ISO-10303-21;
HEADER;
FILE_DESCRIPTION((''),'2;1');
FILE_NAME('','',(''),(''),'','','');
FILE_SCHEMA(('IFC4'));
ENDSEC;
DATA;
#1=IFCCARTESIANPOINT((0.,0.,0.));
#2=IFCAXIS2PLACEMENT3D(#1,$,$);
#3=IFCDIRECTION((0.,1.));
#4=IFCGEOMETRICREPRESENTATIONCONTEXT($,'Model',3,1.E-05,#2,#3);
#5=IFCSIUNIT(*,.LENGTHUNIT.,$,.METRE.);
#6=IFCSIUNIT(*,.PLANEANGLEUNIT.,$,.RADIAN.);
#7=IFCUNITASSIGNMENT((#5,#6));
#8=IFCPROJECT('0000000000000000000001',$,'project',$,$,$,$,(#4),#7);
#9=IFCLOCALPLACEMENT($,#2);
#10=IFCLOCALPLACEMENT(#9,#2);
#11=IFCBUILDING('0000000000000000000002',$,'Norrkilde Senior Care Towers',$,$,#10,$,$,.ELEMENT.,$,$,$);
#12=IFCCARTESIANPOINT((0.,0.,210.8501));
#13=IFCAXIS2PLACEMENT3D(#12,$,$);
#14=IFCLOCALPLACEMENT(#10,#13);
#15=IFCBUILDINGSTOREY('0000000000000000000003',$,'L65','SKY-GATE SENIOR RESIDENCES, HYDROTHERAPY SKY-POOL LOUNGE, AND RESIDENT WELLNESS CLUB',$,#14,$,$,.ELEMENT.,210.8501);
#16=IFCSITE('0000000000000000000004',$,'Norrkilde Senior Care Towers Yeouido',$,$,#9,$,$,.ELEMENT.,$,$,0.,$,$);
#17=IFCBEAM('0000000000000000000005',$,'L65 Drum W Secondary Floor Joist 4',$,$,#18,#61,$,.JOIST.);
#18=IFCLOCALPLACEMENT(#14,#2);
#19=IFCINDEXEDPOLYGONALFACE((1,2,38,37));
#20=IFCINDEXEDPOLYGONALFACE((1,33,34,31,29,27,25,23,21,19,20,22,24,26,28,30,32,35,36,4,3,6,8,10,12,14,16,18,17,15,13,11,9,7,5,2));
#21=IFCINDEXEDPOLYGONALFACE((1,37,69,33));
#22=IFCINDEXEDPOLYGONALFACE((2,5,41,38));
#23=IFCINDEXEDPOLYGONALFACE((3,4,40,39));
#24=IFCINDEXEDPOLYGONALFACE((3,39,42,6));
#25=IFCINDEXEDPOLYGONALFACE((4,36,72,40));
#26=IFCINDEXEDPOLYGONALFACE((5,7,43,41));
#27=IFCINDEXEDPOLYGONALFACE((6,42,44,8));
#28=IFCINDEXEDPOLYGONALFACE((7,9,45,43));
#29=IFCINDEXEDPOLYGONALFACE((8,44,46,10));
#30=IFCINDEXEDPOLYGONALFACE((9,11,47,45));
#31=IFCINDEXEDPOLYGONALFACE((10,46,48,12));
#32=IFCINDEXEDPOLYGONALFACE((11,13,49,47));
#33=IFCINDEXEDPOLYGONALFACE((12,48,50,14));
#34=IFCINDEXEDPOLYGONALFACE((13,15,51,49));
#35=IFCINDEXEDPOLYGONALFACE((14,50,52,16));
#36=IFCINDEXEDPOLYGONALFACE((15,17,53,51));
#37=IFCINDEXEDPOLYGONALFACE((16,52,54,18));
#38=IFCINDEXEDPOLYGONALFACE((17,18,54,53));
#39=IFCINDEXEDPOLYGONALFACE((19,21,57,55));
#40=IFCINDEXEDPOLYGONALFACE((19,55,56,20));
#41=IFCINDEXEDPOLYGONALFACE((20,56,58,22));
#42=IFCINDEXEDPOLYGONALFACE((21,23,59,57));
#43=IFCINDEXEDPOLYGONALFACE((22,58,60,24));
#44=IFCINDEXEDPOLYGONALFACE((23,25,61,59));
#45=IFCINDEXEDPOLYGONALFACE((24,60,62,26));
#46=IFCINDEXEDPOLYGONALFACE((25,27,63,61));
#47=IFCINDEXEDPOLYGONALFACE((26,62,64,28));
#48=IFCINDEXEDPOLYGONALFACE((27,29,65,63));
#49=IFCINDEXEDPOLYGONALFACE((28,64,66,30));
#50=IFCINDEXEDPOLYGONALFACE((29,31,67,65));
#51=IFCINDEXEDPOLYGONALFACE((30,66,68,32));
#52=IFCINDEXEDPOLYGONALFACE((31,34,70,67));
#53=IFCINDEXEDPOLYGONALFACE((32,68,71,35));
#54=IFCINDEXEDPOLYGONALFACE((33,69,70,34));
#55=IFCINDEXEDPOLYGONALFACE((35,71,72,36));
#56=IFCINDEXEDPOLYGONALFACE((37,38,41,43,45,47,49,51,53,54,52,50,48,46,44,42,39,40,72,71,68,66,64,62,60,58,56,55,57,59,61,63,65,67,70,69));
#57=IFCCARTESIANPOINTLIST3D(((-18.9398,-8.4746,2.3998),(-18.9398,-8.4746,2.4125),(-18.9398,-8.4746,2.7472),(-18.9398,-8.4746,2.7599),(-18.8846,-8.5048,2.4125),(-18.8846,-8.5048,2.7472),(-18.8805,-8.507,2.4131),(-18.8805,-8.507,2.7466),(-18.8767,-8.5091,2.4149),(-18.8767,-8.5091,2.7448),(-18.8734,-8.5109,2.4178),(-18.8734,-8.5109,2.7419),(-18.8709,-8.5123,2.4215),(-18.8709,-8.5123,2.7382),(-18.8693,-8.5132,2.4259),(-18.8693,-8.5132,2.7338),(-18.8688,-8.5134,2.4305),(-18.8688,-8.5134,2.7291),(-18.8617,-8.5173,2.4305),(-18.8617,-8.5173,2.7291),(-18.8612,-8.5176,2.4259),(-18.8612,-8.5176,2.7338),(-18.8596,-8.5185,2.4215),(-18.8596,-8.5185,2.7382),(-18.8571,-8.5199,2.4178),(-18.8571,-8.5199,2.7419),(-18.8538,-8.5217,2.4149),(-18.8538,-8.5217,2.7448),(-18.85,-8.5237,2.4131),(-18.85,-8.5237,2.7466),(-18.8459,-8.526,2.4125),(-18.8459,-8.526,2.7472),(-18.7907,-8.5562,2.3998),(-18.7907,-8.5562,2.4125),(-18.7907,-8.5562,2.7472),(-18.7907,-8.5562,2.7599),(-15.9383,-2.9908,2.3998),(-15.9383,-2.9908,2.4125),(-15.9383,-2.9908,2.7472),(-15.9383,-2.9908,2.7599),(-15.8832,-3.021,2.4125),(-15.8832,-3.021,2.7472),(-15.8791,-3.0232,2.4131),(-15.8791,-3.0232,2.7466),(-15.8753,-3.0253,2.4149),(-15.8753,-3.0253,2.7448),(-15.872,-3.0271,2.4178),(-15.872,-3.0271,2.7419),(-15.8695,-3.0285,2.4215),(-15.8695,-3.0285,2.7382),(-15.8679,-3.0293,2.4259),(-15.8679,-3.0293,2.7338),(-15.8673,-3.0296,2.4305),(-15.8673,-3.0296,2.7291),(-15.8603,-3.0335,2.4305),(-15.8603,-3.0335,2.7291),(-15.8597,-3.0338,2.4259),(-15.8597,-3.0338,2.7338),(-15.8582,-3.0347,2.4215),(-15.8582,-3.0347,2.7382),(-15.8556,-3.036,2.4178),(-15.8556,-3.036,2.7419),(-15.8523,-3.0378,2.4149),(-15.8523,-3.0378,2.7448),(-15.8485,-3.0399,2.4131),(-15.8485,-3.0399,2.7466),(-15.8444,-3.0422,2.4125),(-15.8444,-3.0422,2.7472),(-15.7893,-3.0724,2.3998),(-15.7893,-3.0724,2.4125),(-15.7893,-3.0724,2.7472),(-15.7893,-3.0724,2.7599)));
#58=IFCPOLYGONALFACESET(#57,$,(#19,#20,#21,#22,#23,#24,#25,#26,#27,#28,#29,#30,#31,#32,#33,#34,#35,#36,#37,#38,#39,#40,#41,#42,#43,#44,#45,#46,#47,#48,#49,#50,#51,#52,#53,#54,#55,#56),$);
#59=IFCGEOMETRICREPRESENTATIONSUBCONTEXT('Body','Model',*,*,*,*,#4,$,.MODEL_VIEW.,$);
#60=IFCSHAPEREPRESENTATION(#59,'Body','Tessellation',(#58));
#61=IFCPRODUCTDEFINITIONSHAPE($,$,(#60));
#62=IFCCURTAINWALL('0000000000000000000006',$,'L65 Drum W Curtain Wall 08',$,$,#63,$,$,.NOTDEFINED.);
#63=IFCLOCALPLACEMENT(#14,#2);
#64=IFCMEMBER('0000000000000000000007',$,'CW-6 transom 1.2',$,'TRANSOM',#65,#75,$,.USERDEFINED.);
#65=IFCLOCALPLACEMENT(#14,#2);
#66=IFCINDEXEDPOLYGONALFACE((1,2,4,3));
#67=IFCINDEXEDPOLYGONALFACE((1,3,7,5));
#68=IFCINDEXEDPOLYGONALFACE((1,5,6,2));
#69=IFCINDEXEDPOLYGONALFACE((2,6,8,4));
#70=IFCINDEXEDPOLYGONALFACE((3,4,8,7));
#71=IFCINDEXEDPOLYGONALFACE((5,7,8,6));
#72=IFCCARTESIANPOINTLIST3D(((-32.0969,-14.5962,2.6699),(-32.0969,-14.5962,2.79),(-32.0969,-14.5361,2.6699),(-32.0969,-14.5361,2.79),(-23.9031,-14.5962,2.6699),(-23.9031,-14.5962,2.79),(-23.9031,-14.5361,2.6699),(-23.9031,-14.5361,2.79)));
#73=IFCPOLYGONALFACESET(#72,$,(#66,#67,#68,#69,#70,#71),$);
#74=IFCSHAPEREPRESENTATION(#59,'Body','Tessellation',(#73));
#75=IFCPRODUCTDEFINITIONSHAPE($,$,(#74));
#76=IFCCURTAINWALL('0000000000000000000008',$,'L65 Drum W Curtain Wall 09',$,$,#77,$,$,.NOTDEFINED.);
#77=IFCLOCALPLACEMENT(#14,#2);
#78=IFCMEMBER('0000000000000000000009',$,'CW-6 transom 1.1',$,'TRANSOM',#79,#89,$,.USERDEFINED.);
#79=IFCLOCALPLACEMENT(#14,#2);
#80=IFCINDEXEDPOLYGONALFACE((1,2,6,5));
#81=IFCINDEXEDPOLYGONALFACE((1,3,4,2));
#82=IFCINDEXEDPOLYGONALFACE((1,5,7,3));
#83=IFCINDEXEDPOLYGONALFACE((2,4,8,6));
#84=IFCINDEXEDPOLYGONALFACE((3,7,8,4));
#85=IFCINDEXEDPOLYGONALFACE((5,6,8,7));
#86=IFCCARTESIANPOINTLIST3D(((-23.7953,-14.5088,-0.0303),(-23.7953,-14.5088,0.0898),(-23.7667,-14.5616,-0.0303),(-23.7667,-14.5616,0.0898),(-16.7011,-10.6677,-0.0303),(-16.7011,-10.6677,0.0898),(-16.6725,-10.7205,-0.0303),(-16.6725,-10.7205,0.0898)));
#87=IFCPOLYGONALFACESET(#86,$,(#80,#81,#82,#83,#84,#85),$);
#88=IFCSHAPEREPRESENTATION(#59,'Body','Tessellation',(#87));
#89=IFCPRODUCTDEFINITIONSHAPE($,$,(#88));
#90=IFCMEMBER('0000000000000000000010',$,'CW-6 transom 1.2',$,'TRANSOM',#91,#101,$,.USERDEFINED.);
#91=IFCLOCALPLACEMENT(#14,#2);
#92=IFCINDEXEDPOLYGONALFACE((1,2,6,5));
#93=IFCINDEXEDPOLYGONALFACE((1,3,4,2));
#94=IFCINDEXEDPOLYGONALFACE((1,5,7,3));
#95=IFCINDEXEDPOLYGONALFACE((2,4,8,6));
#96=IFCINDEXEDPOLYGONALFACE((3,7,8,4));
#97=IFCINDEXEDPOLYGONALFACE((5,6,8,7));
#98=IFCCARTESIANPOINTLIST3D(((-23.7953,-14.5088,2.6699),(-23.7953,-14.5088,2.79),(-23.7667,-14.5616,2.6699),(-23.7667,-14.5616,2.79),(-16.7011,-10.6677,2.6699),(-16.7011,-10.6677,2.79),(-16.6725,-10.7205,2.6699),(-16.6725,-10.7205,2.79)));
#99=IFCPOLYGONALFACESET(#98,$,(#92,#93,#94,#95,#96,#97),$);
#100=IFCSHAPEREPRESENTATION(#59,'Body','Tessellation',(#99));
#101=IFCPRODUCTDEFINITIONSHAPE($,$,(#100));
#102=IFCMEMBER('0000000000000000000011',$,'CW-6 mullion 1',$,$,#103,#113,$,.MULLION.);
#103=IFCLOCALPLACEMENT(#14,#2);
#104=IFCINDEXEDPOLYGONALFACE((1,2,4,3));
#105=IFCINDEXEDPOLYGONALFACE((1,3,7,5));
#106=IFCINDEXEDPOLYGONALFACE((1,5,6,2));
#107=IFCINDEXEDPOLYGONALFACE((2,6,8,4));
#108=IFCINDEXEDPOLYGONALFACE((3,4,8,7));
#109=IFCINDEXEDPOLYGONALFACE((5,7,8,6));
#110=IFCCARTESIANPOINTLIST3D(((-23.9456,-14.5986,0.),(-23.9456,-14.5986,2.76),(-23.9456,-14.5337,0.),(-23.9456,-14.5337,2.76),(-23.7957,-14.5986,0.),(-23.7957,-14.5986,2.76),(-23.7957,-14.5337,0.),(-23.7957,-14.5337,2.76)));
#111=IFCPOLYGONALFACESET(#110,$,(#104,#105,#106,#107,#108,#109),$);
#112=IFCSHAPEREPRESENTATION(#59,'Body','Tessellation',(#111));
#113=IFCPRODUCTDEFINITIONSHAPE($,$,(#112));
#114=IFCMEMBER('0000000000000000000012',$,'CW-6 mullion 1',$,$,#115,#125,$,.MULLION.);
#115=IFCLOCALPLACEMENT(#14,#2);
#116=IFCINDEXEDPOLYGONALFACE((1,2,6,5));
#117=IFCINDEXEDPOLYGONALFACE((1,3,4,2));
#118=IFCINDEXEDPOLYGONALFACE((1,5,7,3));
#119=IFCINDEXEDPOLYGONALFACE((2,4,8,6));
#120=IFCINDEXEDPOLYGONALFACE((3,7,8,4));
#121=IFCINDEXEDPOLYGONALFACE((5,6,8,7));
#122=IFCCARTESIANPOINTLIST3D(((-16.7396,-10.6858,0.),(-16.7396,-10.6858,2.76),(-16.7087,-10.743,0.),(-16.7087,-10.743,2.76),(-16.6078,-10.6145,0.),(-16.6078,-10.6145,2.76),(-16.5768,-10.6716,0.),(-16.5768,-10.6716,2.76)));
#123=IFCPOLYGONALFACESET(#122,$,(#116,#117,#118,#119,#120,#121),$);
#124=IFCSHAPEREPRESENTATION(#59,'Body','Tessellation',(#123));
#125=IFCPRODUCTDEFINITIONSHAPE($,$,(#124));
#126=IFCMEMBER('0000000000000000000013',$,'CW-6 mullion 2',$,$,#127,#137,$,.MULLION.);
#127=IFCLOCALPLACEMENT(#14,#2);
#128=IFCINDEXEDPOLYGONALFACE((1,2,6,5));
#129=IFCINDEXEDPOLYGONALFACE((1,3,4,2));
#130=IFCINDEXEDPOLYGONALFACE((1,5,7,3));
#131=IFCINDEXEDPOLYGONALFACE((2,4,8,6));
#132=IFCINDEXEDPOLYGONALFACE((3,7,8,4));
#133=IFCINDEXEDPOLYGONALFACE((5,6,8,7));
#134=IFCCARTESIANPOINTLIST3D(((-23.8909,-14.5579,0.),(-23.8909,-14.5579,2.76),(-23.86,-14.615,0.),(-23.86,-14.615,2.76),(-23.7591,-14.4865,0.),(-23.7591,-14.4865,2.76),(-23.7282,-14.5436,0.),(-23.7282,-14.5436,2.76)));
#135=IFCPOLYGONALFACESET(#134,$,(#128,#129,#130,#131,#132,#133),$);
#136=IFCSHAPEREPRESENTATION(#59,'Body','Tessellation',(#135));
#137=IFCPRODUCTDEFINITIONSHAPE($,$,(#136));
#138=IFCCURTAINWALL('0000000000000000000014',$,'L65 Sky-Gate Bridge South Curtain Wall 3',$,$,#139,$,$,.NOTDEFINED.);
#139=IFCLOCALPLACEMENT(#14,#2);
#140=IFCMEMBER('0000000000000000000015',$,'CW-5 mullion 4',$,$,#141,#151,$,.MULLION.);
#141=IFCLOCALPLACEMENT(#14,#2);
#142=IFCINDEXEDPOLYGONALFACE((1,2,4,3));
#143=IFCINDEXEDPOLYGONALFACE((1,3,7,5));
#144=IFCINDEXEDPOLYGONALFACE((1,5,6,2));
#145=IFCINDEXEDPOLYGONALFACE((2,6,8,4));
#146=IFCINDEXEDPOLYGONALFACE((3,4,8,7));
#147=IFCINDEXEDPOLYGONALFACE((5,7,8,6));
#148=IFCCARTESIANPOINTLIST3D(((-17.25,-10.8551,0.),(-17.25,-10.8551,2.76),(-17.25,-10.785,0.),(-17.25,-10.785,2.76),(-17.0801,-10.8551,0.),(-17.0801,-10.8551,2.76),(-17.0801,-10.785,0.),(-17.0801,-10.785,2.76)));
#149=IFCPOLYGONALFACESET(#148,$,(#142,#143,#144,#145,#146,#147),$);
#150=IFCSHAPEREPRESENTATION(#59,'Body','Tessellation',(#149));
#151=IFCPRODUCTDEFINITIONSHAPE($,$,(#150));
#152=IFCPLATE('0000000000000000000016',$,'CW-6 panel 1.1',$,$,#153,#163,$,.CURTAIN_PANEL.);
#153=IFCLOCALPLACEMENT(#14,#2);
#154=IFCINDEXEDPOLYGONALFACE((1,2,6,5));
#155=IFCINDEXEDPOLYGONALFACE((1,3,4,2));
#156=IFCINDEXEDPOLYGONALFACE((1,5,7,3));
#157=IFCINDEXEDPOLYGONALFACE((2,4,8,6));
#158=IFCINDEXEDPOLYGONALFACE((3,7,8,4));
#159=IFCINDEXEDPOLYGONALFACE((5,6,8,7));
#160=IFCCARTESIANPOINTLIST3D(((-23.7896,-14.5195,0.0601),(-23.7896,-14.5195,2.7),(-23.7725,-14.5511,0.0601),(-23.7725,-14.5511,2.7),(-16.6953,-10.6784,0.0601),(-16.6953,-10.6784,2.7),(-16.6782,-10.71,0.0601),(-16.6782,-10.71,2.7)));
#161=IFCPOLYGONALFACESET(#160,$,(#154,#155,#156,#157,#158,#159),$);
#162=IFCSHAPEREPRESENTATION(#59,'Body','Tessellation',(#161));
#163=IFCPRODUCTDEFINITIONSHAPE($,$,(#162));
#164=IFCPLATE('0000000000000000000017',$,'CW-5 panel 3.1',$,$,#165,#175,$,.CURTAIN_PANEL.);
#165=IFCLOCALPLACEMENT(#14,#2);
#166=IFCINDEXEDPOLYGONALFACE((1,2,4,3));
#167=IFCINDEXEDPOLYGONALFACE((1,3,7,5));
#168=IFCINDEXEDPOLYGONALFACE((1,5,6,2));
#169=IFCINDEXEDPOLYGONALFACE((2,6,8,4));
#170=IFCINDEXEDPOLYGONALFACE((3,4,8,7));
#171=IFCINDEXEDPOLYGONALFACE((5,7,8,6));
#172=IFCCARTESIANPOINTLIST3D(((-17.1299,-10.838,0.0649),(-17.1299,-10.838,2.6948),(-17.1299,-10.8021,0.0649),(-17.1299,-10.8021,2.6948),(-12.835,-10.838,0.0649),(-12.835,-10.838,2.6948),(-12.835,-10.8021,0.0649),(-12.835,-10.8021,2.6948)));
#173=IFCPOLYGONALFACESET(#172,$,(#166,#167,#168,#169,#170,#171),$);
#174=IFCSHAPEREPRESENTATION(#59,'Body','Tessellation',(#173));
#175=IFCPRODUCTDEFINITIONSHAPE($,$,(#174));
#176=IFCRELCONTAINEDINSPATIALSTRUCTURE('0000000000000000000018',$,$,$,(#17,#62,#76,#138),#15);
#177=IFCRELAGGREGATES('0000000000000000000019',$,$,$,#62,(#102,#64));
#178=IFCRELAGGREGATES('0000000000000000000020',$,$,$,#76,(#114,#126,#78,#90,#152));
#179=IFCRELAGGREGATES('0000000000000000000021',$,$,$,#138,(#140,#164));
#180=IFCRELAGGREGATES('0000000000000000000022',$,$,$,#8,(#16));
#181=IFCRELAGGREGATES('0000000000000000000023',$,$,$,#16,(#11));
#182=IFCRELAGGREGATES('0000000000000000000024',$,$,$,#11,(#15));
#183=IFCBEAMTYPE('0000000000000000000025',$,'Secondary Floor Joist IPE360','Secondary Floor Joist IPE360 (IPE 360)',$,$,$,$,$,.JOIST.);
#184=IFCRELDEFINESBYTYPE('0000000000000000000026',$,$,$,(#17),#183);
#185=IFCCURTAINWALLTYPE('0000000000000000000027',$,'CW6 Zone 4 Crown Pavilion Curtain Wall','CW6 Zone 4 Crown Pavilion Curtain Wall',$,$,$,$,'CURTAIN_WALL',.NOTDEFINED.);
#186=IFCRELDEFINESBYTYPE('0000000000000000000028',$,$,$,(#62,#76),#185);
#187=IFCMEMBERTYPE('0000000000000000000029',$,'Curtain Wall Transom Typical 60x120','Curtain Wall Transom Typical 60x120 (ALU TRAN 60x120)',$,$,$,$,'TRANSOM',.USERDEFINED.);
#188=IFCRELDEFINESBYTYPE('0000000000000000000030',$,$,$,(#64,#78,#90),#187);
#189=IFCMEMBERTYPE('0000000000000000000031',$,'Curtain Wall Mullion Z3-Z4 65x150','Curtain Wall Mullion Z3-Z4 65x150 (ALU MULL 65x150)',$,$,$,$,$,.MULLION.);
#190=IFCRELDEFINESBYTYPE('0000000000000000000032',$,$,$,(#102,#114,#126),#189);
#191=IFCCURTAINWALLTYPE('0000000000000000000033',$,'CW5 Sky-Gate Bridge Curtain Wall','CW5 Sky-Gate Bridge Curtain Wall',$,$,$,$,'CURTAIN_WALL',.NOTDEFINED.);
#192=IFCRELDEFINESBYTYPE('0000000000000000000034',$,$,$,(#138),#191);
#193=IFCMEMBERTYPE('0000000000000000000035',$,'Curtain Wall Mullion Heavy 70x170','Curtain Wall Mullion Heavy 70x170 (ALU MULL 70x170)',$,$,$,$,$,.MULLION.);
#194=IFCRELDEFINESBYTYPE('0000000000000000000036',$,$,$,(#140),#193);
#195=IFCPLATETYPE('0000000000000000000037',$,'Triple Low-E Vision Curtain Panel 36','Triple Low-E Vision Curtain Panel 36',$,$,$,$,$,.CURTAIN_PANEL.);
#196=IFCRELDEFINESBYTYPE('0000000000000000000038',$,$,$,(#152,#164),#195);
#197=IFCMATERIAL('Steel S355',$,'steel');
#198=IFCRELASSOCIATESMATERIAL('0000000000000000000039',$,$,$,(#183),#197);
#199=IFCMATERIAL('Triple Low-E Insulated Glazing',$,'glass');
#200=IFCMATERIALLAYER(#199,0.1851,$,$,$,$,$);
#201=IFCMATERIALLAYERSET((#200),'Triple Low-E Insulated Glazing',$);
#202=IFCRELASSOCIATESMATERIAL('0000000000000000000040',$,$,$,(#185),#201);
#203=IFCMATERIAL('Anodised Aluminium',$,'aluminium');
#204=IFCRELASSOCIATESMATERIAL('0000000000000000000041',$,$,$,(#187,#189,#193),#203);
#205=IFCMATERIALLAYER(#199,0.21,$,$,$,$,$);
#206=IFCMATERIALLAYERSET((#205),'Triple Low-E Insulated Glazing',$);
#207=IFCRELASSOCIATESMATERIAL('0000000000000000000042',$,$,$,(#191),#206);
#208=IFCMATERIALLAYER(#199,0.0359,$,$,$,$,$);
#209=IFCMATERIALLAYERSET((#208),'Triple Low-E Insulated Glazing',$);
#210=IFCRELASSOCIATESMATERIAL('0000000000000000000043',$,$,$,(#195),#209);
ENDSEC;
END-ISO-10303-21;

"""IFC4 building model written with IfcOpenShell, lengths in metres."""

from ifc_helpers import new_model, si_unit, direction, frame, origin, origin_2d, place, context, subcontext, project, spatial, rectangle, i_section, extrude, source, transform, mapped, material, layer, layer_set, material_profile, profile_set, type_object, type_shapes, element, aggregate, save


model = new_model("IFC4")

# Units and contexts
model_context = context("Model", 3, precision=1e-05, world=origin(), true_north=direction((0.0, 1.0)))
body_context = subcontext(model_context, "Body", "Model", "MODEL_VIEW")
ifc_project = project(units=[si_unit("LENGTHUNIT", "METRE"), si_unit("PLANEANGLEUNIT", "RADIAN")], contexts=[model_context])

# Site, building, storey
site_placement = place(None, origin())
site = spatial("IfcSite", under=ifc_project, at=site_placement, Name="Norrkilde Senior Care Towers Yeouido", CompositionType="ELEMENT", RefElevation=0.0)
building_placement = place(site_placement, origin())
building = spatial("IfcBuilding", under=site, at=building_placement, Name="Norrkilde Senior Care Towers", CompositionType="ELEMENT")
storey_placement = place(building_placement, frame((0.0, 0.0, 210.8501)))
storey = spatial("IfcBuildingStorey", under=building, at=storey_placement, Name="L65", Description="SKY-GATE SENIOR RESIDENCES, HYDROTHERAPY SKY-POOL LOUNGE, AND RESIDENT WELLNESS CLUB", CompositionType="ELEMENT", Elevation=210.8501)

# Beam
ifc_material_1 = material(Name="Steel S355", Category="steel")
ifc_material_profile_1 = material_profile(ifc_material_1, i_section(OverallWidth=0.1699, OverallDepth=0.3601, WebThickness=0.0081, FlangeThickness=0.0127, FilletRadius=0.0181, at=origin_2d()), Name="IPE 360")
ifc_profile_set_1 = profile_set([ifc_material_profile_1], Name="Steel S355")
beam_type_1 = type_object("IfcBeamType", Name="Secondary Floor Joist IPE360", Description="Secondary Floor Joist IPE360 (IPE 360)", PredefinedType="JOIST", material=ifc_profile_set_1)
shared_shape_1 = source(origin(), body_context, "Body", "SweptSolid", [
    extrude(i_section(OverallWidth=0.1699, OverallDepth=0.3601, WebThickness=0.0081, FlangeThickness=0.0127, FilletRadius=0.0181, at=origin_2d()), origin(), (0.0, 0.0, 1.0), 6.2515),
])
type_shapes(beam_type_1, [shared_shape_1])
beam_1_placement = place(storey_placement, frame((-18.8652, -8.5154, 2.5798), z_axis=(0.480116, 0.877205, 0.0), x_axis=(-0.877205, 0.480116, 0.0)))
element("IfcBeam", 1, at=beam_1_placement, inside=storey, type_object=beam_type_1, Name="L65 Drum W Secondary Floor Joist 4", PredefinedType="JOIST", context=body_context, shape_type="MappedRepresentation", body=[
    mapped(shared_shape_1, transform((0.0, 0.0, 0.0), x_axis=(1.0, 0.0, 0.0), y_axis=(0.0, 1.0, 0.0), z_axis=(0.0, 0.0, 1.0), scale=1.0)),
])

# Curtain wall, member
ifc_material_2 = material(Name="Triple Low-E Insulated Glazing", Category="glass")
ifc_layer_1 = layer(ifc_material_2, 0.1851)
ifc_layer_set_1 = layer_set([ifc_layer_1], Name="Triple Low-E Insulated Glazing")
curtain_wall_type_1 = type_object("IfcCurtainWallType", Name="CW6 Zone 4 Crown Pavilion Curtain Wall", Description="CW6 Zone 4 Crown Pavilion Curtain Wall", ElementType="CURTAIN_WALL", PredefinedType="NOTDEFINED", material=ifc_layer_set_1)
curtain_wall_1_placement = place(storey_placement, origin())
curtain_wall_1 = element("IfcCurtainWall", 2, at=curtain_wall_1_placement, inside=storey, type_object=curtain_wall_type_1, Name="L65 Drum W Curtain Wall 08", PredefinedType="NOTDEFINED")
ifc_material_3 = material(Name="Anodised Aluminium", Category="aluminium")
ifc_material_profile_2 = material_profile(ifc_material_3, rectangle(XDim=0.0601, YDim=0.1201, at=origin_2d()), Name="ALU TRAN 60x120")
ifc_profile_set_2 = profile_set([ifc_material_profile_2], Name="Anodised Aluminium")
member_type_1 = type_object("IfcMemberType", Name="Curtain Wall Transom Typical 60x120", Description="Curtain Wall Transom Typical 60x120 (ALU TRAN 60x120)", ElementType="TRANSOM", PredefinedType="USERDEFINED", material=ifc_profile_set_2)
shared_shape_2 = source(origin(), body_context, "Body", "SweptSolid", [
    extrude(rectangle(XDim=0.0601, YDim=0.1201, at=origin_2d()), origin(), (0.0, 0.0, 1.0), 8.1938),
])
member_1_placement = place(storey_placement, frame((-23.9031, -14.5662, 2.73), z_axis=(-1.0, 0.0, 0.0), x_axis=(0.0, -1.0, 0.0)))
member_1 = element("IfcMember", 3, at=member_1_placement, type_object=member_type_1, Name="CW-6 transom 1.2", ObjectType="TRANSOM", PredefinedType="USERDEFINED", context=body_context, shape_type="MappedRepresentation", body=[
    mapped(shared_shape_2, transform((0.0, 0.0, 0.0), x_axis=(1.0, 0.0, 0.0), y_axis=(0.0, 1.0, 0.0), z_axis=(0.0, 0.0, 1.0), scale=1.0)),
])

# Curtain wall, members
curtain_wall_2_placement = place(storey_placement, origin())
curtain_wall_2 = element("IfcCurtainWall", 4, at=curtain_wall_2_placement, inside=storey, type_object=curtain_wall_type_1, Name="L65 Drum W Curtain Wall 09", PredefinedType="NOTDEFINED")
shared_shape_3 = source(origin(), body_context, "Body", "SweptSolid", [
    extrude(rectangle(XDim=0.0601, YDim=0.1201, at=origin_2d()), origin(), (0.0, 0.0, 1.0), 8.0674),
])
type_shapes(member_type_1, [shared_shape_2, shared_shape_3])
member_2_placement = place(storey_placement, frame((-16.6868, -10.6941, 0.0298), z_axis=(-0.879378, -0.476125, 0.0), x_axis=(0.476125, -0.879378, 0.0)))
member_2 = element("IfcMember", 5, at=member_2_placement, type_object=member_type_1, Name="CW-6 transom 1.1", ObjectType="TRANSOM", PredefinedType="USERDEFINED", context=body_context, shape_type="MappedRepresentation", body=[
    mapped(shared_shape_3, transform((0.0, 0.0, 0.0), x_axis=(1.0, 0.0, 0.0), y_axis=(0.0, 1.0, 0.0), z_axis=(0.0, 0.0, 1.0), scale=1.0)),
])
member_3_placement = place(storey_placement, frame((-16.6868, -10.6941, 2.73), z_axis=(-0.879378, -0.476125, 0.0), x_axis=(0.476125, -0.879378, 0.0)))
member_3 = element("IfcMember", 6, at=member_3_placement, type_object=member_type_1, Name="CW-6 transom 1.2", ObjectType="TRANSOM", PredefinedType="USERDEFINED", context=body_context, shape_type="MappedRepresentation", body=[
    mapped(shared_shape_3, transform((0.0, 0.0, 0.0), x_axis=(1.0, 0.0, 0.0), y_axis=(0.0, 1.0, 0.0), z_axis=(0.0, 0.0, 1.0), scale=1.0)),
])

# Members
ifc_material_profile_3 = material_profile(ifc_material_3, rectangle(XDim=0.0649, YDim=0.1499, at=origin_2d()), Name="ALU MULL 65x150")
ifc_profile_set_3 = profile_set([ifc_material_profile_3], Name="Anodised Aluminium")
member_type_2 = type_object("IfcMemberType", Name="Curtain Wall Mullion Z3-Z4 65x150", Description="Curtain Wall Mullion Z3-Z4 65x150 (ALU MULL 65x150)", PredefinedType="MULLION", material=ifc_profile_set_3)
shared_shape_4 = source(origin(), body_context, "Body", "SweptSolid", [
    extrude(rectangle(XDim=0.0649, YDim=0.1499, at=origin_2d()), origin(), (0.0, 0.0, 1.0), 2.76),
])
type_shapes(member_type_2, [shared_shape_4])
member_4_placement = place(storey_placement, frame((-23.8706, -14.5662, 0.0), z_axis=(0.0, 0.0, 1.0), x_axis=(0.0, -1.0, 0.0)))
member_4 = element("IfcMember", 7, at=member_4_placement, type_object=member_type_2, Name="CW-6 mullion 1", PredefinedType="MULLION", context=body_context, shape_type="MappedRepresentation", body=[
    mapped(shared_shape_4, transform((0.0, 0.0, 0.0), x_axis=(1.0, 0.0, 0.0), y_axis=(0.0, 1.0, 0.0), z_axis=(0.0, 0.0, 1.0), scale=1.0)),
])
aggregate(curtain_wall_1, [member_4, member_1])
member_5_placement = place(storey_placement, frame((-16.6582, -10.6787, 0.0), z_axis=(0.0, 0.0, 1.0), x_axis=(0.476133, -0.879373, 0.0)))
member_5 = element("IfcMember", 8, at=member_5_placement, type_object=member_type_2, Name="CW-6 mullion 1", PredefinedType="MULLION", context=body_context, shape_type="MappedRepresentation", body=[
    mapped(shared_shape_4, transform((0.0, 0.0, 0.0), x_axis=(1.0, 0.0, 0.0), y_axis=(0.0, 1.0, 0.0), z_axis=(0.0, 0.0, 1.0), scale=1.0)),
])
member_6_placement = place(storey_placement, frame((-23.8096, -14.5508, 0.0), z_axis=(0.0, 0.0, 1.0), x_axis=(0.476133, -0.879373, 0.0)))
member_6 = element("IfcMember", 9, at=member_6_placement, type_object=member_type_2, Name="CW-6 mullion 2", PredefinedType="MULLION", context=body_context, shape_type="MappedRepresentation", body=[
    mapped(shared_shape_4, transform((0.0, 0.0, 0.0), x_axis=(1.0, 0.0, 0.0), y_axis=(0.0, 1.0, 0.0), z_axis=(0.0, 0.0, 1.0), scale=1.0)),
])

# Curtain wall, member
ifc_layer_2 = layer(ifc_material_2, 0.21)
ifc_layer_set_2 = layer_set([ifc_layer_2], Name="Triple Low-E Insulated Glazing")
curtain_wall_type_2 = type_object("IfcCurtainWallType", Name="CW5 Sky-Gate Bridge Curtain Wall", Description="CW5 Sky-Gate Bridge Curtain Wall", ElementType="CURTAIN_WALL", PredefinedType="NOTDEFINED", material=ifc_layer_set_2)
curtain_wall_3_placement = place(storey_placement, origin())
curtain_wall_3 = element("IfcCurtainWall", 10, at=curtain_wall_3_placement, inside=storey, type_object=curtain_wall_type_2, Name="L65 Sky-Gate Bridge South Curtain Wall 3", PredefinedType="NOTDEFINED")
ifc_material_profile_4 = material_profile(ifc_material_3, rectangle(XDim=0.0701, YDim=0.1699, at=origin_2d()), Name="ALU MULL 70x170")
ifc_profile_set_4 = profile_set([ifc_material_profile_4], Name="Anodised Aluminium")
member_type_3 = type_object("IfcMemberType", Name="Curtain Wall Mullion Heavy 70x170", Description="Curtain Wall Mullion Heavy 70x170 (ALU MULL 70x170)", PredefinedType="MULLION", material=ifc_profile_set_4)
shared_shape_5 = source(origin(), body_context, "Body", "SweptSolid", [
    extrude(rectangle(XDim=0.0701, YDim=0.1699, at=origin_2d()), origin(), (0.0, 0.0, 1.0), 2.76),
])
type_shapes(member_type_3, [shared_shape_5])
member_7_placement = place(storey_placement, frame((-17.165, -10.8201, 0.0), z_axis=(0.0, 0.0, 1.0), x_axis=(0.0, -1.0, 0.0)))
member_7 = element("IfcMember", 11, at=member_7_placement, type_object=member_type_3, Name="CW-5 mullion 4", PredefinedType="MULLION", context=body_context, shape_type="MappedRepresentation", body=[
    mapped(shared_shape_5, transform((0.0, 0.0, 0.0), x_axis=(1.0, 0.0, 0.0), y_axis=(0.0, 1.0, 0.0), z_axis=(0.0, 0.0, 1.0), scale=1.0)),
])

# Plates
ifc_layer_3 = layer(ifc_material_2, 0.0359)
ifc_layer_set_3 = layer_set([ifc_layer_3], Name="Triple Low-E Insulated Glazing")
plate_type = type_object("IfcPlateType", Name="Triple Low-E Vision Curtain Panel 36", Description="Triple Low-E Vision Curtain Panel 36", PredefinedType="CURTAIN_PANEL", material=ifc_layer_set_3)
shared_shape_6 = source(origin(), body_context, "Body", "SweptSolid", [
    extrude(rectangle(XDim=8.0674, YDim=0.0359, at=origin_2d()), origin(), (0.0, 0.0, 1.0), 2.6399),
])
plate_1_placement = place(storey_placement, frame((-20.2339, -12.6147, 0.0601), z_axis=(0.0, 0.0, 1.0), x_axis=(-0.879373, -0.476133, 0.0)))
plate_1 = element("IfcPlate", 12, at=plate_1_placement, type_object=plate_type, Name="CW-6 panel 1.1", PredefinedType="CURTAIN_PANEL", context=body_context, shape_type="MappedRepresentation", body=[
    mapped(shared_shape_6, transform((0.0, 0.0, 0.0), x_axis=(1.0, 0.0, 0.0), y_axis=(0.0, 1.0, 0.0), z_axis=(0.0, 0.0, 1.0), scale=1.0)),
])
aggregate(curtain_wall_2, [member_5, member_6, member_2, member_3, plate_1])
shared_shape_7 = source(origin(), body_context, "Body", "SweptSolid", [
    extrude(rectangle(XDim=4.2949, YDim=0.0359, at=origin_2d()), origin(), (0.0, 0.0, 1.0), 2.6299),
])
type_shapes(plate_type, [shared_shape_6, shared_shape_7])
plate_2_placement = place(storey_placement, frame((-14.9824, -10.8201, 0.0649), z_axis=(0.0, 0.0, 1.0), x_axis=(-1.0, 0.0, 0.0)))
plate_2 = element("IfcPlate", 13, at=plate_2_placement, type_object=plate_type, Name="CW-5 panel 3.1", PredefinedType="CURTAIN_PANEL", context=body_context, shape_type="MappedRepresentation", body=[
    mapped(shared_shape_7, transform((0.0, 0.0, 0.0), x_axis=(1.0, 0.0, 0.0), y_axis=(0.0, 1.0, 0.0), z_axis=(0.0, 0.0, 1.0), scale=1.0)),
])
aggregate(curtain_wall_3, [member_7, plate_2])

save(model, "model.ifc")
